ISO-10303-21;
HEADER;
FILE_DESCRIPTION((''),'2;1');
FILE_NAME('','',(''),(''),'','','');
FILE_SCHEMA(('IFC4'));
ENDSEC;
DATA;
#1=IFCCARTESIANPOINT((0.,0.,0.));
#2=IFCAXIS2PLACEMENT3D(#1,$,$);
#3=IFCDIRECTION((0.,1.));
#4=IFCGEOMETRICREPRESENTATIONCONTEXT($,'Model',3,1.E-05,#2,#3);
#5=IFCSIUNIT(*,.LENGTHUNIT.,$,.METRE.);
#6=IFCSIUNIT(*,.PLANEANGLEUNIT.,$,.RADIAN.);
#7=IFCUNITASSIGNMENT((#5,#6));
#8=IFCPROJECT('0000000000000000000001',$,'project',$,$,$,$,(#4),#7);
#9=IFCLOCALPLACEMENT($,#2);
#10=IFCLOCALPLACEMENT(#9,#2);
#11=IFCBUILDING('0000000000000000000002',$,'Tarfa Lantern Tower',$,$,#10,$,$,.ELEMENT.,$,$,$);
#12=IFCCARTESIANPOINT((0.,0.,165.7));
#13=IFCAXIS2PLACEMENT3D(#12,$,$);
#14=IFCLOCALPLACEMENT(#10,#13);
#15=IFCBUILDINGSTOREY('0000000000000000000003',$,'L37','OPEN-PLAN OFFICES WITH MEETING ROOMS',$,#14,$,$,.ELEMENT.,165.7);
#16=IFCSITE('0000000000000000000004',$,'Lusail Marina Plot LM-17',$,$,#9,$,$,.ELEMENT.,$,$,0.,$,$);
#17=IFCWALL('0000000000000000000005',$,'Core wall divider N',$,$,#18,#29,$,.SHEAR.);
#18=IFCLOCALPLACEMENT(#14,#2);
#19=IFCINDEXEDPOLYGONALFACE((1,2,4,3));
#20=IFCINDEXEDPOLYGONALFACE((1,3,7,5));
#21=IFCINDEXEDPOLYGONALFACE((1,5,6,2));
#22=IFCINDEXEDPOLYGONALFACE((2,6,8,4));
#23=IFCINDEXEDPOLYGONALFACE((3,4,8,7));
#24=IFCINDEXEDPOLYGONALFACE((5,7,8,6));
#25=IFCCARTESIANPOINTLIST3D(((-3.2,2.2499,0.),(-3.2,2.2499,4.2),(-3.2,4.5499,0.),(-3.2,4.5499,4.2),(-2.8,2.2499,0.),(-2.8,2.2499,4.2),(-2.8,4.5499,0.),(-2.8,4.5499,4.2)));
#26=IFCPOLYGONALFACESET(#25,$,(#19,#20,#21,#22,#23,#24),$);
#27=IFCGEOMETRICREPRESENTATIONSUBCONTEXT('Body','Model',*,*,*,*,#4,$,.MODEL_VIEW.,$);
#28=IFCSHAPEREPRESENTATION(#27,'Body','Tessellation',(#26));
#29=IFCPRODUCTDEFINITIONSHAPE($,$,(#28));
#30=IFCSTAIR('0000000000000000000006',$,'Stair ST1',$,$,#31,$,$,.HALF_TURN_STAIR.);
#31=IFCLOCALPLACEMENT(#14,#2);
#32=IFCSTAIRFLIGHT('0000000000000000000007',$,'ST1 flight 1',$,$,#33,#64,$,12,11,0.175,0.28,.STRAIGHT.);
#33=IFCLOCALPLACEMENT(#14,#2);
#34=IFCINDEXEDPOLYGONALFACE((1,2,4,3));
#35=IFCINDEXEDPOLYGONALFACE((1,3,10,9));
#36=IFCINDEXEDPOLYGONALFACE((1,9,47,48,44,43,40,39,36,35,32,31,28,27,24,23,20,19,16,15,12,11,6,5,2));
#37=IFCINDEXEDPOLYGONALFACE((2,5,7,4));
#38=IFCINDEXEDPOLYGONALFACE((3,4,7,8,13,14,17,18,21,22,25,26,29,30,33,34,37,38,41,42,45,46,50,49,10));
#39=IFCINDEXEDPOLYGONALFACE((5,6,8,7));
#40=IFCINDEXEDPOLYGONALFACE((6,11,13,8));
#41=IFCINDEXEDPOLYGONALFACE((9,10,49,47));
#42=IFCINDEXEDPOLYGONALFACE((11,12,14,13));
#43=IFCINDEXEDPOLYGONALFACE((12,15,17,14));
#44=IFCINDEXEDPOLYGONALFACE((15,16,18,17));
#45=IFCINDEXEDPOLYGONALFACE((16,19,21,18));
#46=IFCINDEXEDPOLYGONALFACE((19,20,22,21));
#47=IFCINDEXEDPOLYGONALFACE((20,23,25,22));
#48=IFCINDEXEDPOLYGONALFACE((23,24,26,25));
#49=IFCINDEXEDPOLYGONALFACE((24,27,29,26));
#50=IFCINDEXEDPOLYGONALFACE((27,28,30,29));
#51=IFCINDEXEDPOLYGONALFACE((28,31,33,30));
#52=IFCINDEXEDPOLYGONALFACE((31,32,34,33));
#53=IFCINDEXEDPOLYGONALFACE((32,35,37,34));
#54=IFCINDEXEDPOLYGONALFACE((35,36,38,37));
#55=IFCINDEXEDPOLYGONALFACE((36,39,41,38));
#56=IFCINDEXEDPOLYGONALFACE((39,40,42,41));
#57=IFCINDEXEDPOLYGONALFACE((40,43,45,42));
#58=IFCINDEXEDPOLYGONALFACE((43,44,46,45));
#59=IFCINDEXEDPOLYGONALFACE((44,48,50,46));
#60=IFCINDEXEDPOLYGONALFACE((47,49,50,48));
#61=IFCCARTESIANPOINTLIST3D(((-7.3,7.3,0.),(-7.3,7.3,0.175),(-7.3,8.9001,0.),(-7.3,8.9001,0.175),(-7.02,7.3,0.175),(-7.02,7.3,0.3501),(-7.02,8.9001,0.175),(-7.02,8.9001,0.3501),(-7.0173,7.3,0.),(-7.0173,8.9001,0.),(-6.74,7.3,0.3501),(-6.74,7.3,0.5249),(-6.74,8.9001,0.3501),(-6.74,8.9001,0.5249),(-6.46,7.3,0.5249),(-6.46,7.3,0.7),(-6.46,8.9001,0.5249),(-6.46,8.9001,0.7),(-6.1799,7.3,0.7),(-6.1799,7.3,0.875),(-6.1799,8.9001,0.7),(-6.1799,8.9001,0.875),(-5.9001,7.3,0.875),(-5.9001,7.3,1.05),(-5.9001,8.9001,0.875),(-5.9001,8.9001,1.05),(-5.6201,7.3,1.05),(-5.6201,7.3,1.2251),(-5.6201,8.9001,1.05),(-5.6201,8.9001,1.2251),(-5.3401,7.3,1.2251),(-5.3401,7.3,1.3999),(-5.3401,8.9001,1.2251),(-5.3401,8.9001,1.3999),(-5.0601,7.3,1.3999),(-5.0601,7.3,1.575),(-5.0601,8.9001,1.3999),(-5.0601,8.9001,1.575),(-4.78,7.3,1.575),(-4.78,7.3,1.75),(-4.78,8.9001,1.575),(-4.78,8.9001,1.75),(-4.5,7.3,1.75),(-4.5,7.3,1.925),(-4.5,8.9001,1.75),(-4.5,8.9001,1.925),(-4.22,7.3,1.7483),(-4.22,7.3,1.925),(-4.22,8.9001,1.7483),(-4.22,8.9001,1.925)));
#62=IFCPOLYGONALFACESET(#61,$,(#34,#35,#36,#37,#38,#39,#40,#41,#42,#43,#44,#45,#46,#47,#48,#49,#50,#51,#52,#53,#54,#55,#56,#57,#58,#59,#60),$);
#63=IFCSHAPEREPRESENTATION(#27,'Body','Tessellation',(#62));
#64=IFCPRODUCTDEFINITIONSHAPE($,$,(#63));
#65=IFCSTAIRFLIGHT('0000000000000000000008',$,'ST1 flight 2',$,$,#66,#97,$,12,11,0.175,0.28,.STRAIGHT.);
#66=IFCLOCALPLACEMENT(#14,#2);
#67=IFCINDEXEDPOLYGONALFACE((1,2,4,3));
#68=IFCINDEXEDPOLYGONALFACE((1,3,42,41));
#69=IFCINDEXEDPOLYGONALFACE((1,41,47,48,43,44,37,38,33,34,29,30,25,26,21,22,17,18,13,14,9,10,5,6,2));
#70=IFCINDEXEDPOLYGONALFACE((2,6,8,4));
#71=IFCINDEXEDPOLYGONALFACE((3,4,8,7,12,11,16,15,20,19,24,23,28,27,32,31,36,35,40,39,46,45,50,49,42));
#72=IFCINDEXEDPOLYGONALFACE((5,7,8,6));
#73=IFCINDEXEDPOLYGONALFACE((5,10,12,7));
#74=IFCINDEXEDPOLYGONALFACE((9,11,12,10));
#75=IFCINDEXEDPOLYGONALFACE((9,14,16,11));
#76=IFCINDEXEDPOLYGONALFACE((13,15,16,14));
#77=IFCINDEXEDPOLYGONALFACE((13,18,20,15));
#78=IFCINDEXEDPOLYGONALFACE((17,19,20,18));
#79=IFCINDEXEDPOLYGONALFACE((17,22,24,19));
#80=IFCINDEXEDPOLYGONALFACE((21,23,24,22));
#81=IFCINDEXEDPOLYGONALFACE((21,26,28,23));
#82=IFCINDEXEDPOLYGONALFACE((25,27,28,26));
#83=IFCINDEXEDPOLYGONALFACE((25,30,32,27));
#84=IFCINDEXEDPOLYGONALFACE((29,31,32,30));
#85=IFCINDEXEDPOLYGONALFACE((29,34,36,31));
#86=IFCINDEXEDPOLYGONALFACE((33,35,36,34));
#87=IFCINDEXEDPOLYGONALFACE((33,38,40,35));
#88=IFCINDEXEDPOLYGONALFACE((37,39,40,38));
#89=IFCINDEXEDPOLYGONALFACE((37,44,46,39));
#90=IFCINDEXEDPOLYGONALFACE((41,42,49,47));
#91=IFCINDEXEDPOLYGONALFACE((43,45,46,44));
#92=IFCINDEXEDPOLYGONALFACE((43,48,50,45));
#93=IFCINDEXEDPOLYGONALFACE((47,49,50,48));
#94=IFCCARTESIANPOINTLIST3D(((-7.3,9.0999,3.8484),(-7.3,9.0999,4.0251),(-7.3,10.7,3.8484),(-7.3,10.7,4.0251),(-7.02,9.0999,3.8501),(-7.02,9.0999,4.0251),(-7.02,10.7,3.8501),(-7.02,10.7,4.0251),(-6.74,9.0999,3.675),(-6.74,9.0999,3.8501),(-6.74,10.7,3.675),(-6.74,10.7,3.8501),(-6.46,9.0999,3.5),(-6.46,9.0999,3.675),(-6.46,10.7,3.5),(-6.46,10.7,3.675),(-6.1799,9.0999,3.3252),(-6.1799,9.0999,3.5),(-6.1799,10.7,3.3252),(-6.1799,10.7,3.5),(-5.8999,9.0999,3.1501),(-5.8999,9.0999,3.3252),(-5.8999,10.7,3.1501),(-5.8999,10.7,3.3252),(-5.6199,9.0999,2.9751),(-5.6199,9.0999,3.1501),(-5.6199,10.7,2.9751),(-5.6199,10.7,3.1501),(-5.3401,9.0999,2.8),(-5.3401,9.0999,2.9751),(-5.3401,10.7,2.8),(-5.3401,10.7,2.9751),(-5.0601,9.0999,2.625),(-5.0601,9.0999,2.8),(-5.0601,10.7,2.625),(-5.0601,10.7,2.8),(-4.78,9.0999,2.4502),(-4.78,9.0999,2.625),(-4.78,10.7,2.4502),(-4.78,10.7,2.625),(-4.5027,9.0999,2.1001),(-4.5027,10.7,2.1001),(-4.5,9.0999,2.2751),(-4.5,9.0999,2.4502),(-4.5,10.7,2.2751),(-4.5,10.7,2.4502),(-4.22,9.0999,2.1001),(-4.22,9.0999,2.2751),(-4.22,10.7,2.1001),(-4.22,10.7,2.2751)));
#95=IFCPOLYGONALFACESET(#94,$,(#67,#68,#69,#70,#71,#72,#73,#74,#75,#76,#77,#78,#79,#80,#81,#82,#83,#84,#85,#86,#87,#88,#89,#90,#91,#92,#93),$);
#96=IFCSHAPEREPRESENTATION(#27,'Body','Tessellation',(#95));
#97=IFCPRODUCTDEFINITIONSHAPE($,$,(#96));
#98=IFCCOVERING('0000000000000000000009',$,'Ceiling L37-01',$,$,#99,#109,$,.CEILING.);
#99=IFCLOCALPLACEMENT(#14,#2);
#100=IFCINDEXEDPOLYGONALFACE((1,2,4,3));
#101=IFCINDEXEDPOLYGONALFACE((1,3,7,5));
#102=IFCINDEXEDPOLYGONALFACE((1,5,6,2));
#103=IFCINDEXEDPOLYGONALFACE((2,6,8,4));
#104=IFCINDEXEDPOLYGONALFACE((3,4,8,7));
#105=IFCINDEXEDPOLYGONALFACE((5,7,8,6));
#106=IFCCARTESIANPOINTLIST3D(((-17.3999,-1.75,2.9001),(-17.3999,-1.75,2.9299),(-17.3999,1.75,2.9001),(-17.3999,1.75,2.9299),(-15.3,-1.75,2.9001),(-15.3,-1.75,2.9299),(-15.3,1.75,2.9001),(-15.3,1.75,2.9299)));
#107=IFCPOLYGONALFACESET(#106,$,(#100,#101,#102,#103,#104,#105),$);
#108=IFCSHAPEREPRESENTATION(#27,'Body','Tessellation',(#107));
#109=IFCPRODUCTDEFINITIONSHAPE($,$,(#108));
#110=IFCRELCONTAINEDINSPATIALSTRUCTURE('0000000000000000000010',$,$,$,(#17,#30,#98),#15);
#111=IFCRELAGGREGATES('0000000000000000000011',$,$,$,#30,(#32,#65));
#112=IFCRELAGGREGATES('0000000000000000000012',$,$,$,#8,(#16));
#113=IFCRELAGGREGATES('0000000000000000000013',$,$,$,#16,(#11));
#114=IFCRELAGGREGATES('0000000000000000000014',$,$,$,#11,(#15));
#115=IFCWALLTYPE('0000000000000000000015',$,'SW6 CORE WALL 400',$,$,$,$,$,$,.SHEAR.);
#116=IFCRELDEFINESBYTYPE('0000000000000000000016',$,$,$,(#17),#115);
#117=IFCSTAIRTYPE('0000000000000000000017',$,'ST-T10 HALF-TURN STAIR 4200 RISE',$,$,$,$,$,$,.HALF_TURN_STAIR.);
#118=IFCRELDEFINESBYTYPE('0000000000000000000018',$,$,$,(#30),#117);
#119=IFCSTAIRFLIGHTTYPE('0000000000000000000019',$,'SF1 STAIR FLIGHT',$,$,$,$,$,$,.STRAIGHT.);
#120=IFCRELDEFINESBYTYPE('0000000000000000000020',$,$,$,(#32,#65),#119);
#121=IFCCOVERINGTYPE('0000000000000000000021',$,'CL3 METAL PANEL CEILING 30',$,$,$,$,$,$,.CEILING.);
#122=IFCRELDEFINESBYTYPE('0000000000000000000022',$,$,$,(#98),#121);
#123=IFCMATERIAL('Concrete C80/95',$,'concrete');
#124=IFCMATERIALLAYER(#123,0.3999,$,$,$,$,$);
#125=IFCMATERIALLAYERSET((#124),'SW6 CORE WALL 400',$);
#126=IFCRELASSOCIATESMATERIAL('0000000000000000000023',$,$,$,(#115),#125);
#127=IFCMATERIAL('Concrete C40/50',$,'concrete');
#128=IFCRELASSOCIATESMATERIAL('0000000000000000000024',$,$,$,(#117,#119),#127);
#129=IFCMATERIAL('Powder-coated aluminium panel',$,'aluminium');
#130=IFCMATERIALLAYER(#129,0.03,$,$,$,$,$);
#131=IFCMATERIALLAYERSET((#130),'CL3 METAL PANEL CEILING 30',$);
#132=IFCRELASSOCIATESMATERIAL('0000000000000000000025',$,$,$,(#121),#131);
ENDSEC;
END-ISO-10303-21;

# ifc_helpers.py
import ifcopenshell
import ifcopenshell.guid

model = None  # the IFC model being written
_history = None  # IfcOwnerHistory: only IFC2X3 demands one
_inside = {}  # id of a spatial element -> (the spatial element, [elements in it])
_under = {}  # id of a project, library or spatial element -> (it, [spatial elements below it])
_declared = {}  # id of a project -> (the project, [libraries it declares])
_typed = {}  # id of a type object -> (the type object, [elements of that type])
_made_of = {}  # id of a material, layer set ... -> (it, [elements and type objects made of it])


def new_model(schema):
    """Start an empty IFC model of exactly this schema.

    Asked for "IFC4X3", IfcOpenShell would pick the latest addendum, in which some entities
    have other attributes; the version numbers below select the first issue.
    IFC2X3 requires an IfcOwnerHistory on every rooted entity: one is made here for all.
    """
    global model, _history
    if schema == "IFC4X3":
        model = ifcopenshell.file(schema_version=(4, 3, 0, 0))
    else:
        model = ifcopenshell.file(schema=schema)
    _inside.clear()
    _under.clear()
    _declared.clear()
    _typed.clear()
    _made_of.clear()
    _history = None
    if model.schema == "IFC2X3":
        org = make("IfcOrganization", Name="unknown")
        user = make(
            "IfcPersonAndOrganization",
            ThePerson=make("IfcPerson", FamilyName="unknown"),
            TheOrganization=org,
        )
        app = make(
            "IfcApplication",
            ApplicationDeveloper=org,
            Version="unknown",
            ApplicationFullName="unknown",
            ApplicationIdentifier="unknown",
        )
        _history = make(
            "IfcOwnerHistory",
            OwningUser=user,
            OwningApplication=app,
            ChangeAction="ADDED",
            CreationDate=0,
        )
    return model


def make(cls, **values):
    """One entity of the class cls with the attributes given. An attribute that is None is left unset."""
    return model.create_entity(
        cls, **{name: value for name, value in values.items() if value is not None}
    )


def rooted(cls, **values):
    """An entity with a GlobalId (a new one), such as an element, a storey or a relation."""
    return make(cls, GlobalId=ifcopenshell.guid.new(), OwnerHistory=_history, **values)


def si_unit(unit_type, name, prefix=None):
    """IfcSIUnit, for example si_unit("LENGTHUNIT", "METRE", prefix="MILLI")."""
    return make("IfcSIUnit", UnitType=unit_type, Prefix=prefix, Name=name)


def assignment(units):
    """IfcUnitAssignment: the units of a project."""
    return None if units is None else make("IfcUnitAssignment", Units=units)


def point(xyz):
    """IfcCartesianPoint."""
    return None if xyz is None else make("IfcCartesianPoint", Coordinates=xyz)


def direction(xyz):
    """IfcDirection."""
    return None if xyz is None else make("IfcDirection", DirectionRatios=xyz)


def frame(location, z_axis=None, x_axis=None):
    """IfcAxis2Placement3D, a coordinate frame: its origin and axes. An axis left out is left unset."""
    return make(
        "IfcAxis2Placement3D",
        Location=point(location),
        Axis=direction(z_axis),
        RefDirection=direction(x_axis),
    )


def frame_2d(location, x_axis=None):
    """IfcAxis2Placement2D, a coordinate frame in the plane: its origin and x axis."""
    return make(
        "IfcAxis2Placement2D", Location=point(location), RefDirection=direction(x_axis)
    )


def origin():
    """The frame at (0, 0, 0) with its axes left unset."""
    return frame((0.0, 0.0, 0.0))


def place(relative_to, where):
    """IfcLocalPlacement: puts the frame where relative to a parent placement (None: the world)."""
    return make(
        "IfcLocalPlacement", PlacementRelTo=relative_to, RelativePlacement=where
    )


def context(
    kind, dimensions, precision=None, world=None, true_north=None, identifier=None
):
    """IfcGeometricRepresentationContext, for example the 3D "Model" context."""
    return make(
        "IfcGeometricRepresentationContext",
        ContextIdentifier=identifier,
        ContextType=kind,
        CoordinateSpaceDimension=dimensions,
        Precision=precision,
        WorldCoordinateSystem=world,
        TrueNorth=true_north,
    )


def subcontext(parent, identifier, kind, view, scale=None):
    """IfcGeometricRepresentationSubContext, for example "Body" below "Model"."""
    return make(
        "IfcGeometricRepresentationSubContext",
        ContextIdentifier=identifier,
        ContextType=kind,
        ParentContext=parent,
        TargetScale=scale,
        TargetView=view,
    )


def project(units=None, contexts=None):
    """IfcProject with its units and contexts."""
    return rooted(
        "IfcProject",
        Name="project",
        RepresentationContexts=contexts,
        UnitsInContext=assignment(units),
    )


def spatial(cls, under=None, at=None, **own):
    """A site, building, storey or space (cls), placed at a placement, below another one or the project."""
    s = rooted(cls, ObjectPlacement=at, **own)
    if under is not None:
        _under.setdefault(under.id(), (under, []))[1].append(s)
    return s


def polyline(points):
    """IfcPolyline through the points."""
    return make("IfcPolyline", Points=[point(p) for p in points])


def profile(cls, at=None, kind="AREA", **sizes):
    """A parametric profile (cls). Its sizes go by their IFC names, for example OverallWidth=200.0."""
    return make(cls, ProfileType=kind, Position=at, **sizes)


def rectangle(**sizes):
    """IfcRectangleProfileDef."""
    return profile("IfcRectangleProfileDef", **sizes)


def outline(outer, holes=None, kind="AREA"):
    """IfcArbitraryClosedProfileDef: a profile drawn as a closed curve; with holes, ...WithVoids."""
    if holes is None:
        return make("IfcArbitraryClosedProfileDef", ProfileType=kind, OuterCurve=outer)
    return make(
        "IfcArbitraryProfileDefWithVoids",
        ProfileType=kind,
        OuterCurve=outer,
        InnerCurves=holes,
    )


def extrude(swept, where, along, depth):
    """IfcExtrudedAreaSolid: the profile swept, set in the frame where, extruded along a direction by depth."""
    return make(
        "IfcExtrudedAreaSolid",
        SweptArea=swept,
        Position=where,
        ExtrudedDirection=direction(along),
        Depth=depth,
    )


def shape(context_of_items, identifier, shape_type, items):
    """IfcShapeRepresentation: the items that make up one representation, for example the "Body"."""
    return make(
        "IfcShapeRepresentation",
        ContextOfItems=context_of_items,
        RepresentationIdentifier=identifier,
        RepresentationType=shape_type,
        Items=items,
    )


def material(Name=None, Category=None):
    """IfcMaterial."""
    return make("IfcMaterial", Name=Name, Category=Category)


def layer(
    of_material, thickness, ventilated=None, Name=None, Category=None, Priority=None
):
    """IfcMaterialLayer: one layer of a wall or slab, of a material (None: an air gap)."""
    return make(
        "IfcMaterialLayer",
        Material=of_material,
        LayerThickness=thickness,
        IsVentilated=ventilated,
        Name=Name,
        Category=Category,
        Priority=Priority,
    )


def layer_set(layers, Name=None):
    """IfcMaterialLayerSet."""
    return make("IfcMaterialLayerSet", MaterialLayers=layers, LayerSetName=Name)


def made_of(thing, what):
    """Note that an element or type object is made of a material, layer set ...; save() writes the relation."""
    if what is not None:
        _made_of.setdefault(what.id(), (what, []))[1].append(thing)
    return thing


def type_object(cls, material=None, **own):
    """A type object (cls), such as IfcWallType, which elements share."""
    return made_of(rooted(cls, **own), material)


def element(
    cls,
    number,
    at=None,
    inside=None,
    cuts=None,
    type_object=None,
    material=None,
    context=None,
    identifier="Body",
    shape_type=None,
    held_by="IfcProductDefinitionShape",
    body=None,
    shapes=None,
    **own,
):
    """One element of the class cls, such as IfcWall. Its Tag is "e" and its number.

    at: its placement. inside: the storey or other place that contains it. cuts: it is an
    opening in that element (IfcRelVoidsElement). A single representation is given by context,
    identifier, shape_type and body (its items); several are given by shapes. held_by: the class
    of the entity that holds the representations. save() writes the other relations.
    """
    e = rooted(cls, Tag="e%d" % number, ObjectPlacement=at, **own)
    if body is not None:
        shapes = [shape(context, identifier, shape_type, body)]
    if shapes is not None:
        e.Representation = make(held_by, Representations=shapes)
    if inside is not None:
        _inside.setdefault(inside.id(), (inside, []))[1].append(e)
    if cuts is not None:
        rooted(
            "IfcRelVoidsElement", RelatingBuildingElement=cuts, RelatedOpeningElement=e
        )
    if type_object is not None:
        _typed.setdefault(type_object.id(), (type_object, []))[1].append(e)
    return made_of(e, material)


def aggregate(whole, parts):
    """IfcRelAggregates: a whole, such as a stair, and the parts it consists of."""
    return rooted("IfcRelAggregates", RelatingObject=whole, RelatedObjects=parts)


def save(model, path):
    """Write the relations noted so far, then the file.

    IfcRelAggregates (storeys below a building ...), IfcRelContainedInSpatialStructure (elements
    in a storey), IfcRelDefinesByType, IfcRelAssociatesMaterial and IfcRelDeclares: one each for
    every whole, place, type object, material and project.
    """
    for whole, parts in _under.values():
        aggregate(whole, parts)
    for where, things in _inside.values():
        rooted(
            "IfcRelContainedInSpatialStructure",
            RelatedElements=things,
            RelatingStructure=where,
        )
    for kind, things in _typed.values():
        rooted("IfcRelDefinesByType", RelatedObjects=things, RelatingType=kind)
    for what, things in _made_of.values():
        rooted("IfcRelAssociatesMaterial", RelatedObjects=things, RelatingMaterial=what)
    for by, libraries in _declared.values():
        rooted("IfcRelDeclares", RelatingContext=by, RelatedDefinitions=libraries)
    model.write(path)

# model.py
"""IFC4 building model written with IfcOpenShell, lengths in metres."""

from ifc_helpers import new_model, si_unit, direction, frame, frame_2d, origin, place, context, subcontext, project, spatial, polyline, rectangle, outline, extrude, material, layer, layer_set, type_object, element, aggregate, save


model = new_model("IFC4")

# Units and contexts
model_context = context("Model", 3, precision=1e-05, world=origin(), true_north=direction((0.0, 1.0)))
body_context = subcontext(model_context, "Body", "Model", "MODEL_VIEW")
ifc_project = project(units=[si_unit("LENGTHUNIT", "METRE"), si_unit("PLANEANGLEUNIT", "RADIAN")], contexts=[model_context])

# Site, building, storey
site_placement = place(None, origin())
site = spatial("IfcSite", under=ifc_project, at=site_placement, Name="Lusail Marina Plot LM-17", CompositionType="ELEMENT", RefElevation=0.0)
building_placement = place(site_placement, origin())
building = spatial("IfcBuilding", under=site, at=building_placement, Name="Tarfa Lantern Tower", CompositionType="ELEMENT")
storey_placement = place(building_placement, frame((0.0, 0.0, 165.7)))
storey = spatial("IfcBuildingStorey", under=building, at=storey_placement, Name="L37", Description="OPEN-PLAN OFFICES WITH MEETING ROOMS", CompositionType="ELEMENT", Elevation=165.7)

# Shared definitions
ifc_material_1 = material(Name="Concrete C80/95", Category="concrete")

# Wall
ifc_layer_1 = layer(ifc_material_1, 0.3999)
ifc_layer_set_1 = layer_set([ifc_layer_1], Name="SW6 CORE WALL 400")
wall_type_1 = type_object("IfcWallType", Name="SW6 CORE WALL 400", PredefinedType="SHEAR", material=ifc_layer_set_1)
for number, where, z_axis, x_axis, name in (
    (1, (-3.0, 2.25, 0.0), (0.0, 0.0, 1.0), (0.0, 1.0, 0.0), "Core wall divider N"),
):
    element("IfcWall", number, at=place(storey_placement, frame(where, z_axis=z_axis, x_axis=x_axis)), inside=storey, type_object=wall_type_1, Name=name, PredefinedType="SHEAR", context=body_context, shape_type="SweptSolid", body=[
        extrude(rectangle(XDim=2.3, YDim=0.3999, at=frame_2d((1.1499, 0.0))), origin(), (0.0, 0.0, 1.0), 4.2),
    ])

# Stair, stair flights
ifc_material_2 = material(Name="Concrete C40/50", Category="concrete")
stair_type = type_object("IfcStairType", Name="ST-T10 HALF-TURN STAIR 4200 RISE", PredefinedType="HALF_TURN_STAIR", material=ifc_material_2)
stair_placement = place(storey_placement, origin())
stair = element("IfcStair", 2, at=stair_placement, inside=storey, type_object=stair_type, Name="Stair ST1", PredefinedType="HALF_TURN_STAIR")
stair_flight_type = type_object("IfcStairFlightType", Name="SF1 STAIR FLIGHT", PredefinedType="STRAIGHT", material=ifc_material_2)
stair_flight_1_placement = place(storey_placement, frame((-7.3, 8.1001, 0.0), z_axis=(0.0, 0.0, 1.0), x_axis=(1.0, 0.0, 0.0)))
stair_flight_1 = element("IfcStairFlight", 3, at=stair_flight_1_placement, type_object=stair_flight_type, Name="ST1 flight 1", NumberOfRisers=12, NumberOfTreads=11, PredefinedType="STRAIGHT", RiserHeight=0.175, TreadLength=0.28, context=body_context, shape_type="SweptSolid", body=[
    extrude(outline(polyline([(0.0, 0.0), (0.0, 0.175), (0.28, 0.175), (0.28, 0.3501), (0.5601, 0.3501), (0.5601, 0.5249), (0.8401, 0.5249), (0.8401, 0.7), (1.1201, 0.7), (1.1201, 0.875), (1.3999, 0.875), (1.3999, 1.05), (1.6799, 1.05), (1.6799, 1.2251), (1.96, 1.2251), (1.96, 1.3999), (2.24, 1.3999), (2.24, 1.575), (2.52, 1.575), (2.52, 1.75), (2.8, 1.75), (2.8, 1.925), (3.0801, 1.925), (3.0801, 2.1001), (3.0801, 1.7483), (0.2827, 0.0), (0.0, 0.0)])), frame((0.0, 0.8, 0.0), z_axis=(0.0, -1.0, 0.0), x_axis=(1.0, 0.0, 0.0)), (0.0, 0.0, 1.0), 1.6001),
])
stair_flight_2_placement = place(storey_placement, frame((-4.22, 9.8999, 2.1001), z_axis=(0.0, 0.0, 1.0), x_axis=(-1.0, 0.0, 0.0)))
stair_flight_2 = element("IfcStairFlight", 4, at=stair_flight_2_placement, type_object=stair_flight_type, Name="ST1 flight 2", NumberOfRisers=12, NumberOfTreads=11, PredefinedType="STRAIGHT", RiserHeight=0.175, TreadLength=0.28, context=body_context, shape_type="SweptSolid", body=[
    extrude(outline(polyline([(0.0, 0.0), (0.0, 0.175), (0.28, 0.175), (0.28, 0.3501), (0.5601, 0.3501), (0.5601, 0.5249), (0.8401, 0.5249), (0.8401, 0.7), (1.1201, 0.7), (1.1201, 0.875), (1.3999, 0.875), (1.3999, 1.05), (1.6799, 1.05), (1.6799, 1.2251), (1.96, 1.2251), (1.96, 1.3999), (2.24, 1.3999), (2.24, 1.575), (2.52, 1.575), (2.52, 1.75), (2.8, 1.75), (2.8, 1.925), (3.0801, 1.925), (3.0801, 2.1001), (3.0801, 1.7483), (0.2827, 0.0), (0.0, 0.0)])), frame((0.0, 0.8, 0.0), z_axis=(0.0, -1.0, 0.0), x_axis=(1.0, 0.0, 0.0)), (0.0, 0.0, 1.0), 1.6001),
])
aggregate(stair, [stair_flight_1, stair_flight_2])

# Covering
ifc_material_3 = material(Name="Powder-coated aluminium panel", Category="aluminium")
ifc_layer_2 = layer(ifc_material_3, 0.03)
ifc_layer_set_2 = layer_set([ifc_layer_2], Name="CL3 METAL PANEL CEILING 30")
covering_type = type_object("IfcCoveringType", Name="CL3 METAL PANEL CEILING 30", PredefinedType="CEILING", material=ifc_layer_set_2)
covering_placement = place(storey_placement, frame((0.0, 0.0, 2.9001)))
element("IfcCovering", 5, at=covering_placement, inside=storey, type_object=covering_type, Name="Ceiling L37-01", PredefinedType="CEILING", context=body_context, shape_type="SweptSolid", body=[
    extrude(outline(polyline([(-17.3999, -1.75), (-15.3, -1.75), (-15.3, 1.75), (-17.3999, 1.75), (-17.3999, -1.75)])), origin(), (0.0, 0.0, 1.0), 0.0298),
])

save(model, "model.ifc")
